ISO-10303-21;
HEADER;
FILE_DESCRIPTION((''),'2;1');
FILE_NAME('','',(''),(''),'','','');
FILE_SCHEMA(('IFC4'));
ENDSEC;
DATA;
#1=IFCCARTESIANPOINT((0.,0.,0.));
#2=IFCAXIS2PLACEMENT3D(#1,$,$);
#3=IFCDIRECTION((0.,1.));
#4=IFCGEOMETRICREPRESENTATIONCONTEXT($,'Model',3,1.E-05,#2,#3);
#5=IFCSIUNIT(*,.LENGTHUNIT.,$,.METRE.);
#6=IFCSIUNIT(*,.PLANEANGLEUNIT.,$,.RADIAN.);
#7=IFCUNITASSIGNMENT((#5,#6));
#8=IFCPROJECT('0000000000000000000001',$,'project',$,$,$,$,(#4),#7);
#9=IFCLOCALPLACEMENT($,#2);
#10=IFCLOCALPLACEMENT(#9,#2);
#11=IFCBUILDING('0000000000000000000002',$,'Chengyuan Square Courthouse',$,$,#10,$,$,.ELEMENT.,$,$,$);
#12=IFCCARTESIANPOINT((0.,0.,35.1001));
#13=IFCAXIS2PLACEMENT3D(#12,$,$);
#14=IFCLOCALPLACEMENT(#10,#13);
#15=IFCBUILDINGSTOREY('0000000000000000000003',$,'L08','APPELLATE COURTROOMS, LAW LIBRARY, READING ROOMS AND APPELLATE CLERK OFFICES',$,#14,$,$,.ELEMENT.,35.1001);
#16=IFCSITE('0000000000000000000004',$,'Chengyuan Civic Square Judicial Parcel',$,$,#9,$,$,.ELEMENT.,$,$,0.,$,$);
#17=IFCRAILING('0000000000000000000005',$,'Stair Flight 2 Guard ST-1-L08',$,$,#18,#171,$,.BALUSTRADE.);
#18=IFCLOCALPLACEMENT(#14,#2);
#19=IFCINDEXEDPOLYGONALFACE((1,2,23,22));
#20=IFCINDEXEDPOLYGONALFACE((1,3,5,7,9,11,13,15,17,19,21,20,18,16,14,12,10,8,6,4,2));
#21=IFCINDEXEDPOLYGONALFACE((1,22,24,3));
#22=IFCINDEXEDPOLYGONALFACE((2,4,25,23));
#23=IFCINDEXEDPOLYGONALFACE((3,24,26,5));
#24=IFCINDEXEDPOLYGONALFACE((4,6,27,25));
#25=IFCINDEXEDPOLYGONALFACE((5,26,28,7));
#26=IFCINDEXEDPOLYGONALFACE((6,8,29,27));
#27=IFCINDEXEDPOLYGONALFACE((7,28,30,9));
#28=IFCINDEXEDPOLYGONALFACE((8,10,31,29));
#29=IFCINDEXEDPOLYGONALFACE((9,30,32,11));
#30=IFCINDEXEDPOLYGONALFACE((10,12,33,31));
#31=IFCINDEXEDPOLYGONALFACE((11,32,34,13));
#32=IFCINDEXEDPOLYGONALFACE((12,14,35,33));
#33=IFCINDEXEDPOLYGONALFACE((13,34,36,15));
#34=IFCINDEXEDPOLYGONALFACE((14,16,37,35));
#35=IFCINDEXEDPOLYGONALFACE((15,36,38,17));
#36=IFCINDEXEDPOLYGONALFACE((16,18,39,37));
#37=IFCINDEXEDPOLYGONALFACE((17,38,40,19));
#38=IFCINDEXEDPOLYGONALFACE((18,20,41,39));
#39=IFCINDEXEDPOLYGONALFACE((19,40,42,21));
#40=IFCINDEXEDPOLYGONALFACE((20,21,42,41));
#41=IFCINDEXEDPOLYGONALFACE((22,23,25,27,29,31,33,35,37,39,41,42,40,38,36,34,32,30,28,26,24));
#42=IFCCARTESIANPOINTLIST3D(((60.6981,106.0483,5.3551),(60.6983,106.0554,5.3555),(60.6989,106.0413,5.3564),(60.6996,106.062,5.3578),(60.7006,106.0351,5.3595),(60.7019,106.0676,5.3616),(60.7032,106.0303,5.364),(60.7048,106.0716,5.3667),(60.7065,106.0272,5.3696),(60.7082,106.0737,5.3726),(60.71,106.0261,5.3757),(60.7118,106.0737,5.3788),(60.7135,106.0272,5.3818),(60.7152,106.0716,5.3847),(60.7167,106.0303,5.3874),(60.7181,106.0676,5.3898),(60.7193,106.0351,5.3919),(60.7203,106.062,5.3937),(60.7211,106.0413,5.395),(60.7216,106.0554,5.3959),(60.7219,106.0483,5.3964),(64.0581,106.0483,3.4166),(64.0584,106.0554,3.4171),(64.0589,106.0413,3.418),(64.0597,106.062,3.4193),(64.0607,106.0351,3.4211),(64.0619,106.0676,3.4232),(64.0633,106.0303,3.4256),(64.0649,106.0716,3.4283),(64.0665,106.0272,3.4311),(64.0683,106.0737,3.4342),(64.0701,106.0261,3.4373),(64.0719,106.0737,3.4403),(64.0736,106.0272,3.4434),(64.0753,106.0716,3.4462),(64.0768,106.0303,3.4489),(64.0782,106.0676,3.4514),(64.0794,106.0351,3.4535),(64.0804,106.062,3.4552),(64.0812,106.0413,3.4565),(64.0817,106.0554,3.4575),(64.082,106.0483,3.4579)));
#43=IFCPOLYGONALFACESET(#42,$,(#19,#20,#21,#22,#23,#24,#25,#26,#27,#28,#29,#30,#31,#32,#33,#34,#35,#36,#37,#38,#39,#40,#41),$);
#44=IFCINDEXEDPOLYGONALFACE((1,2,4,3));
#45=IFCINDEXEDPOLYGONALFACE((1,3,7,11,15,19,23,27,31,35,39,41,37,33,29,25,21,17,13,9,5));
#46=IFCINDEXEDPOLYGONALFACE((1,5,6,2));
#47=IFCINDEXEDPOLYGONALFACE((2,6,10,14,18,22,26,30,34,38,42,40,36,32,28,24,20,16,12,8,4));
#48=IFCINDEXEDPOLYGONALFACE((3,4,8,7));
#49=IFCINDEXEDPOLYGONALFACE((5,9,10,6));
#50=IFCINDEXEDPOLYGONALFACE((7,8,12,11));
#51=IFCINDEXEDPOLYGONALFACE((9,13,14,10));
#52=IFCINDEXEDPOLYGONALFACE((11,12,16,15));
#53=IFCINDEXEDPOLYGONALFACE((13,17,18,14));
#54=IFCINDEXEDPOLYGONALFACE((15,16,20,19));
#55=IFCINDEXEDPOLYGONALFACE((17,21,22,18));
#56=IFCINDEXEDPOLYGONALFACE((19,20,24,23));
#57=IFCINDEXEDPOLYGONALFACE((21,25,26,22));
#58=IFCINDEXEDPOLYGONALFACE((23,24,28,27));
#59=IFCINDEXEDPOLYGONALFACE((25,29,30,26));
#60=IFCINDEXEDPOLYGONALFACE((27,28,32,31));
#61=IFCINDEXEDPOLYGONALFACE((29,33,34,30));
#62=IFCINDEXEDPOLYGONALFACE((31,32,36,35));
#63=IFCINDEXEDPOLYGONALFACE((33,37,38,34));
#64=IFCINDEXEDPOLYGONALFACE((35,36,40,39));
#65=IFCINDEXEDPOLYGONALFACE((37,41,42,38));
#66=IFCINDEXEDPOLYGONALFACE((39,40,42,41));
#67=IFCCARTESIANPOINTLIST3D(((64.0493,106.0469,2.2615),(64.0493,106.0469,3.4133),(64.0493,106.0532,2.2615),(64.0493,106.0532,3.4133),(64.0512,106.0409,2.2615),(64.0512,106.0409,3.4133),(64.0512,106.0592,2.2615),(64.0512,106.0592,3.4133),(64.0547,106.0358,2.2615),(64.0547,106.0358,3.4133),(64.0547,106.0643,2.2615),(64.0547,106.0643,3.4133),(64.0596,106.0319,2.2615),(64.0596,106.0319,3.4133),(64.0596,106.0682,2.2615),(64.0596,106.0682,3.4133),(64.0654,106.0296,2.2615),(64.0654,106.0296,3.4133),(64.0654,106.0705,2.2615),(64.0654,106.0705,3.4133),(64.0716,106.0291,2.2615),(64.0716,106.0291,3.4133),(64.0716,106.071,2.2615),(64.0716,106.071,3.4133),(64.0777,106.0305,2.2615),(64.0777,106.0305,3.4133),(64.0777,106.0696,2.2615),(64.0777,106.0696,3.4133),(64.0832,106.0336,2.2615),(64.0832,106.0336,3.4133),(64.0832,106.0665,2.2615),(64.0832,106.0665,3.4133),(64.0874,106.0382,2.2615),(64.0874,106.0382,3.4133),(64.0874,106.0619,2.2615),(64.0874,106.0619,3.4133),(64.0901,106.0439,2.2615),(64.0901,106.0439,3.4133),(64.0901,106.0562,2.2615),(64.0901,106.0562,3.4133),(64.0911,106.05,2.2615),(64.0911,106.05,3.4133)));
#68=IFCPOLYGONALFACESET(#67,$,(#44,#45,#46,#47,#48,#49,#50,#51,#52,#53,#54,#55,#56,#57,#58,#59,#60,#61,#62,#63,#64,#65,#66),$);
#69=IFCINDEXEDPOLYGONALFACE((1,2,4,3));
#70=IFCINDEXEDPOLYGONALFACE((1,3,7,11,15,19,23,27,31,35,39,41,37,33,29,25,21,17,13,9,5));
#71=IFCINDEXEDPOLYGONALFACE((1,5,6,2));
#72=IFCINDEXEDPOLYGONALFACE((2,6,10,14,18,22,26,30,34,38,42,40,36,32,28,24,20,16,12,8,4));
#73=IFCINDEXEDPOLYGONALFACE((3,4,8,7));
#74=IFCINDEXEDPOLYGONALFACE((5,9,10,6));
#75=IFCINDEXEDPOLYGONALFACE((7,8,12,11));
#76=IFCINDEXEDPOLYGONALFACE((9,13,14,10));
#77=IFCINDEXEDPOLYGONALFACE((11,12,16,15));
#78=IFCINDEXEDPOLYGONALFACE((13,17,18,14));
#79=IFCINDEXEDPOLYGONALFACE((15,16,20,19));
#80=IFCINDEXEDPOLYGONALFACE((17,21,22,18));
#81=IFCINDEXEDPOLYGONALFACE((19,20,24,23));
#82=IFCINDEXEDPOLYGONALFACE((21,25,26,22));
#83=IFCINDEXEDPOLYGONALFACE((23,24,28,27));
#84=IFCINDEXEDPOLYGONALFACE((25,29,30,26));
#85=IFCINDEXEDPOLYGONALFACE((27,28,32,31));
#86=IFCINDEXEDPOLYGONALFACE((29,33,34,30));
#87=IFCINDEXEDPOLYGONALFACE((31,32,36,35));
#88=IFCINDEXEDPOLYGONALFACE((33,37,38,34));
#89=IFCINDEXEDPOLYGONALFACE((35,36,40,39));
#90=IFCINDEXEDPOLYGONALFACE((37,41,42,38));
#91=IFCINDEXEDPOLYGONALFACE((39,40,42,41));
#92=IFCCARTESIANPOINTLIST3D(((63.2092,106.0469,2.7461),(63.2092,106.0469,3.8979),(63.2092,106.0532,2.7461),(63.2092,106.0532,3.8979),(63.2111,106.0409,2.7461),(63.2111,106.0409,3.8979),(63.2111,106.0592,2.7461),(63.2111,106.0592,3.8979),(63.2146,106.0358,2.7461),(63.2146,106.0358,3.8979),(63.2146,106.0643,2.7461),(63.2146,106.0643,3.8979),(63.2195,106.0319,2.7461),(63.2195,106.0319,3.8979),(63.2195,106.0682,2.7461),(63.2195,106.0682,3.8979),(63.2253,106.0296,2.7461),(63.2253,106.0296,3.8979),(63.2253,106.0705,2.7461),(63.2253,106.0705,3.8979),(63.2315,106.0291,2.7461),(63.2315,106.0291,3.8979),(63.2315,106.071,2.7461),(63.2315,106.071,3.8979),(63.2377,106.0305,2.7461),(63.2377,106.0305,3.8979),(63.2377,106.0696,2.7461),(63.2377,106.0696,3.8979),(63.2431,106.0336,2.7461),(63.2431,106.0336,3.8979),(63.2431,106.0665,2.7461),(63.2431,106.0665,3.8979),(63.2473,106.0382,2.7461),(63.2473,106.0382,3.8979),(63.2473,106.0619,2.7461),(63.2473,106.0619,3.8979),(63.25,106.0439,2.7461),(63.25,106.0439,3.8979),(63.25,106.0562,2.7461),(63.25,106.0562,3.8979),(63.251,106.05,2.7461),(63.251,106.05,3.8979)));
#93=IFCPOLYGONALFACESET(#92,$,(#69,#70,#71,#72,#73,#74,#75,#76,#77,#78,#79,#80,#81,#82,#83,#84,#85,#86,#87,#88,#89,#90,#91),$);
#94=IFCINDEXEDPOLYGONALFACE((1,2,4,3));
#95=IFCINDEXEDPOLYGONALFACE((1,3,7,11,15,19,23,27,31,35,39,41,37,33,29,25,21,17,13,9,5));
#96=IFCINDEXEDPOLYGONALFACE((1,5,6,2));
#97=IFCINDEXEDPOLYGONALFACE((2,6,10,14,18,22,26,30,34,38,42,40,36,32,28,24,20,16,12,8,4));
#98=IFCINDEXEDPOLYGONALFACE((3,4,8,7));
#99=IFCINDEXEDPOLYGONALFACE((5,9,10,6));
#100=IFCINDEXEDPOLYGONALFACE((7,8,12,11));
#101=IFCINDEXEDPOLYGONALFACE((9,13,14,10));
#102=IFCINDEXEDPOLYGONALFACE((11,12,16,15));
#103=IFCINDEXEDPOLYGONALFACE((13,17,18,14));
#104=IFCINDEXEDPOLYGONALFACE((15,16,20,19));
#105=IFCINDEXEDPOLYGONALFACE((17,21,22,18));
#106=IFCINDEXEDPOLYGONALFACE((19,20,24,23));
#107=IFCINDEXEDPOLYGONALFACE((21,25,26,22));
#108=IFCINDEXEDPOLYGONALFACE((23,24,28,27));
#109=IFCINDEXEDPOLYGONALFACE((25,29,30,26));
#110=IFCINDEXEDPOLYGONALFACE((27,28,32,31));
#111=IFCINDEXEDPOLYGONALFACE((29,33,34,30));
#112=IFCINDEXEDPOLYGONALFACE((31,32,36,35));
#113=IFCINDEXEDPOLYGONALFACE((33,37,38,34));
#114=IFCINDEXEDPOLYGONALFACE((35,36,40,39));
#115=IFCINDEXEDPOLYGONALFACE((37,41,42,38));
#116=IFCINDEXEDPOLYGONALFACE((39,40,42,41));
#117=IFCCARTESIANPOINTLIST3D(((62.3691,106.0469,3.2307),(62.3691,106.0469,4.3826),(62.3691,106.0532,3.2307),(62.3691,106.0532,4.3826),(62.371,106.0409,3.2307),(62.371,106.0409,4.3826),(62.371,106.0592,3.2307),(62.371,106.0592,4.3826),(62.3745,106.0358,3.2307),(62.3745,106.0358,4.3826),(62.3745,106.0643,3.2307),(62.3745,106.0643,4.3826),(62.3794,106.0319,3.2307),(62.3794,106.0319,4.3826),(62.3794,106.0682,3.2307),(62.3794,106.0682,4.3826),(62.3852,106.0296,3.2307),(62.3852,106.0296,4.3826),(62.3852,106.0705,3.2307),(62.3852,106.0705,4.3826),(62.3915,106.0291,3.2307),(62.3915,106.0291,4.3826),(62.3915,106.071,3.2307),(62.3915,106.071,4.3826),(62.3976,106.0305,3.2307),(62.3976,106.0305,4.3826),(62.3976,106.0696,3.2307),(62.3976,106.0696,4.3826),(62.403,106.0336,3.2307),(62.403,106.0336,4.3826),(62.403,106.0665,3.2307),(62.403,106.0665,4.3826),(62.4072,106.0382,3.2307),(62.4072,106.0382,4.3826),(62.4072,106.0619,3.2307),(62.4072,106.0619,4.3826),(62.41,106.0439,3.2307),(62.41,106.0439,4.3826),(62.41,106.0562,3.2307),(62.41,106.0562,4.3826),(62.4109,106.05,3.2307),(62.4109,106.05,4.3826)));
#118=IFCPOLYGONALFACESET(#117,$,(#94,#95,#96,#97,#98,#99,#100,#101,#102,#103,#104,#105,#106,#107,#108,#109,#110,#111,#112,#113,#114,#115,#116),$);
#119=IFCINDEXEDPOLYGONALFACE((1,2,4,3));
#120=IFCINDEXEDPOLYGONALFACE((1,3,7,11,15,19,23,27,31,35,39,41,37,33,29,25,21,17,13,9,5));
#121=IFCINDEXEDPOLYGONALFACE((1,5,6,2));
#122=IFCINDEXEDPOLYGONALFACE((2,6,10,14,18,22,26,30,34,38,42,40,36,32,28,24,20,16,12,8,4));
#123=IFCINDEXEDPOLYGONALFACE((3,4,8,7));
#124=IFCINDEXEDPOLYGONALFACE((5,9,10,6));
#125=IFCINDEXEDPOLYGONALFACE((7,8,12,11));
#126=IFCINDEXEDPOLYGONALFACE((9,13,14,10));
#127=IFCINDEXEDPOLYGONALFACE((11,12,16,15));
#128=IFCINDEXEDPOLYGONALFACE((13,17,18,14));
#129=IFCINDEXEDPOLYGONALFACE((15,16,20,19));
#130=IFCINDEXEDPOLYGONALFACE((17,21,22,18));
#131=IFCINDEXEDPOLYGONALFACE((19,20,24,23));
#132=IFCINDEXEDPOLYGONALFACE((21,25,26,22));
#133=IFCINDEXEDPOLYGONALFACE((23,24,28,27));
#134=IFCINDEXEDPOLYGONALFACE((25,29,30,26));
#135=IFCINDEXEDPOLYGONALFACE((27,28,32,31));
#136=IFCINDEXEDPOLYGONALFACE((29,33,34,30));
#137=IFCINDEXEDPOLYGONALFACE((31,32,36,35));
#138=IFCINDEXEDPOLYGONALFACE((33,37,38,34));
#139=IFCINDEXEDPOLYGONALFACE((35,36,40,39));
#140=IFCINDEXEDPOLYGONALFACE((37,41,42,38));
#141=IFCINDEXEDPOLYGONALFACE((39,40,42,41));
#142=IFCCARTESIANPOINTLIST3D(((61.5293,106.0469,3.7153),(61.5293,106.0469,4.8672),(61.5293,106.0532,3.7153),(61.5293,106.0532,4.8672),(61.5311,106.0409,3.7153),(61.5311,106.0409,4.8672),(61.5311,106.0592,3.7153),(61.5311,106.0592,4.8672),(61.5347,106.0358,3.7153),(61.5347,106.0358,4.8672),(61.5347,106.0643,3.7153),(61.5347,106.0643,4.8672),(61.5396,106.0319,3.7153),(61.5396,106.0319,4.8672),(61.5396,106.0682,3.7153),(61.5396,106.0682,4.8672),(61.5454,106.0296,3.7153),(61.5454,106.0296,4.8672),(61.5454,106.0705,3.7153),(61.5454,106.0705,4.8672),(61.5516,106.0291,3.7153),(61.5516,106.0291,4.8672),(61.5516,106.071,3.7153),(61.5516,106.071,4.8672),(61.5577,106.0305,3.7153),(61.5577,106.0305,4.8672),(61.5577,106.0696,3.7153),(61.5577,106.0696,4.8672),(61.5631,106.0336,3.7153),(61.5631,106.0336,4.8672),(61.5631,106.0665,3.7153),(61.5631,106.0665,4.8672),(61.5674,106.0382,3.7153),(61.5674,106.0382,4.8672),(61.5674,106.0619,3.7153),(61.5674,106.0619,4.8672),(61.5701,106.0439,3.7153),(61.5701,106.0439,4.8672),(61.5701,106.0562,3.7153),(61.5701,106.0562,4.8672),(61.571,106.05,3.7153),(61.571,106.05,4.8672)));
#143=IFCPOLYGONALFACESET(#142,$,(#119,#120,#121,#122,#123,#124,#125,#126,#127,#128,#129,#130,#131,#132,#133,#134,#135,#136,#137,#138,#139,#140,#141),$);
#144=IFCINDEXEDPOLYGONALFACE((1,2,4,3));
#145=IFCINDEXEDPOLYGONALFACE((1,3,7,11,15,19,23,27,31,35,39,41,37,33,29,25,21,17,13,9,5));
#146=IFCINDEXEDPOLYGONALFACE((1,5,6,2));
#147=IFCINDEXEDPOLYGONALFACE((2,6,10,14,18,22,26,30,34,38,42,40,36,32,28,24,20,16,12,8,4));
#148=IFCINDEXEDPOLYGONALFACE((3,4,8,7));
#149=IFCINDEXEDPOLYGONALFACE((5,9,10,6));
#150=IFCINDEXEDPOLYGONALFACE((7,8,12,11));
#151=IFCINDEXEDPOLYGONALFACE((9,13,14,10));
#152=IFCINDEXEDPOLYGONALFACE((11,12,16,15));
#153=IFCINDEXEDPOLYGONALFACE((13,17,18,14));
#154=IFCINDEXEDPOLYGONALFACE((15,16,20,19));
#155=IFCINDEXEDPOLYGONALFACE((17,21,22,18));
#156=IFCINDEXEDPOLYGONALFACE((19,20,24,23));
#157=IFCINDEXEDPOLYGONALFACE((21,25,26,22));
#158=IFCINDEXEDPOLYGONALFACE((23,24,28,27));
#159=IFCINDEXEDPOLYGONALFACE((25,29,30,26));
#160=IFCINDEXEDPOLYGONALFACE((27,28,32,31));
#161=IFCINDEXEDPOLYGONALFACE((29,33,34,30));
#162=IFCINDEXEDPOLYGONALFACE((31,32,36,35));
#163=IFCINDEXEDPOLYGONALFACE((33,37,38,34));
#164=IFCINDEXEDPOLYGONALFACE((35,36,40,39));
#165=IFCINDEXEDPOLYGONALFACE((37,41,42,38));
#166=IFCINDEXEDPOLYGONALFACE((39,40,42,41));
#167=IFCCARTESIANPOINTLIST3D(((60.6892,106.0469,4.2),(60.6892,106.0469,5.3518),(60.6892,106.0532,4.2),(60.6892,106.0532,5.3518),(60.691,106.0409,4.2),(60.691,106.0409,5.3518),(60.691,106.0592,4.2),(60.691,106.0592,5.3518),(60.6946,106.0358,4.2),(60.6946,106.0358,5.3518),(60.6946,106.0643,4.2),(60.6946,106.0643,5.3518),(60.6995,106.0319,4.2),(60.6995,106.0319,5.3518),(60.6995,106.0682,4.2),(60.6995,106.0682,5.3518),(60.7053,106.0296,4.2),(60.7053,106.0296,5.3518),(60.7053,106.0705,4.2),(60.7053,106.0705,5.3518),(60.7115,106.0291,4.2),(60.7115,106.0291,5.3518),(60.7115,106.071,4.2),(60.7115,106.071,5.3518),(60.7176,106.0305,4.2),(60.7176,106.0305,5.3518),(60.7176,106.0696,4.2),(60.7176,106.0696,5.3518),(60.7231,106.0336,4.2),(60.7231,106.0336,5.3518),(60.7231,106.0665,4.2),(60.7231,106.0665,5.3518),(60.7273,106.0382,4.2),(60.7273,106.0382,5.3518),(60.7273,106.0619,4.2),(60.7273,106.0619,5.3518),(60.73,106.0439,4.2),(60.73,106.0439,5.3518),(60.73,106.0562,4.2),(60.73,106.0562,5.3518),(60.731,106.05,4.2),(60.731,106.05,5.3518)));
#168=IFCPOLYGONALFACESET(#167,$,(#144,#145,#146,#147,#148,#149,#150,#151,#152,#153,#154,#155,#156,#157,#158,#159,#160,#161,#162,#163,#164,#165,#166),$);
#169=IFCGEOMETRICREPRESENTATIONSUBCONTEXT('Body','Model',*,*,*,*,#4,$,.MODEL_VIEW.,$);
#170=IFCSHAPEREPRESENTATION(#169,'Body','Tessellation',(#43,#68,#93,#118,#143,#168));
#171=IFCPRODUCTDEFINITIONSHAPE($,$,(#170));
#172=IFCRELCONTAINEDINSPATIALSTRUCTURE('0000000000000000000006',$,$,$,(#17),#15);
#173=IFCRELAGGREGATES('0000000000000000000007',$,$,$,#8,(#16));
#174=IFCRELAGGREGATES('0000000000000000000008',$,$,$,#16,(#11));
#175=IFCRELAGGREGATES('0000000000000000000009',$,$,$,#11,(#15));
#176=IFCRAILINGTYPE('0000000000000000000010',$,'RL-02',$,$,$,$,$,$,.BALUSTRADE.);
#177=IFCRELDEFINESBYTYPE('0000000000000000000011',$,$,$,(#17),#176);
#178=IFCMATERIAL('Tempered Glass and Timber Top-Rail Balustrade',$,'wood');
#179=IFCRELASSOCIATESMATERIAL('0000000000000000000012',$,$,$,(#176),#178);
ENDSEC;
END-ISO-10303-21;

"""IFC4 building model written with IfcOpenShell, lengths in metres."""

from ifc_helpers import new_model, si_unit, direction, frame, origin, origin_2d, place, context, subcontext, project, spatial, circle, extrude, material, type_object, element, save


model = new_model("IFC4")

# Units and contexts
model_context = context("Model", 3, precision=1e-05, world=origin(), true_north=direction((0.0, 1.0)))
body_context = subcontext(model_context, "Body", "Model", "MODEL_VIEW")
ifc_project = project(units=[si_unit("LENGTHUNIT", "METRE"), si_unit("PLANEANGLEUNIT", "RADIAN")], contexts=[model_context])

# Site, building, storey
site_placement = place(None, origin())
site = spatial("IfcSite", under=ifc_project, at=site_placement, Name="Chengyuan Civic Square Judicial Parcel", CompositionType="ELEMENT", RefElevation=0.0)
building_placement = place(site_placement, origin())
building = spatial("IfcBuilding", under=site, at=building_placement, Name="Chengyuan Square Courthouse", CompositionType="ELEMENT")
storey_placement = place(building_placement, frame((0.0, 0.0, 35.1001)))
storey = spatial("IfcBuildingStorey", under=building, at=storey_placement, Name="L08", Description="APPELLATE COURTROOMS, LAW LIBRARY, READING ROOMS AND APPELLATE CLERK OFFICES", CompositionType="ELEMENT", Elevation=35.1001)

# Railing
ifc_material_1 = material(Name="Tempered Glass and Timber Top-Rail Balustrade", Category="wood")
railing_type_1 = type_object("IfcRailingType", Name="RL-02", PredefinedType="BALUSTRADE", material=ifc_material_1)
railing_1_placement = place(storey_placement, frame((64.0701, 106.05, 2.2615)))
element("IfcRailing", 1, at=railing_1_placement, inside=storey, type_object=railing_type_1, Name="Stair Flight 2 Guard ST-1-L08", PredefinedType="BALUSTRADE", context=body_context, shape_type="SweptSolid", body=[
    extrude(circle(Radius=0.0239, at=origin_2d()), frame((0.0, 0.0, 1.1758), z_axis=(-0.866191, 0.0, 0.499713), x_axis=(0.0, -1.0, 0.0)), (0.0, 0.0, 1.0), 3.8792),
    extrude(circle(Radius=0.021, at=origin_2d()), origin(), (0.0, 0.0, 1.0), 1.1519),
    extrude(circle(Radius=0.021, at=origin_2d()), frame((-0.8401, 0.0, 0.4846)), (0.0, 0.0, 1.0), 1.1519),
    extrude(circle(Radius=0.021, at=origin_2d()), frame((-1.6802, 0.0, 0.9692)), (0.0, 0.0, 1.0), 1.1519),
    extrude(circle(Radius=0.021, at=origin_2d()), frame((-2.52, 0.0, 1.4539)), (0.0, 0.0, 1.0), 1.1519),
    extrude(circle(Radius=0.021, at=origin_2d()), frame((-3.3601, 0.0, 1.9385)), (0.0, 0.0, 1.0), 1.1519),
])

save(model, "model.ifc")
